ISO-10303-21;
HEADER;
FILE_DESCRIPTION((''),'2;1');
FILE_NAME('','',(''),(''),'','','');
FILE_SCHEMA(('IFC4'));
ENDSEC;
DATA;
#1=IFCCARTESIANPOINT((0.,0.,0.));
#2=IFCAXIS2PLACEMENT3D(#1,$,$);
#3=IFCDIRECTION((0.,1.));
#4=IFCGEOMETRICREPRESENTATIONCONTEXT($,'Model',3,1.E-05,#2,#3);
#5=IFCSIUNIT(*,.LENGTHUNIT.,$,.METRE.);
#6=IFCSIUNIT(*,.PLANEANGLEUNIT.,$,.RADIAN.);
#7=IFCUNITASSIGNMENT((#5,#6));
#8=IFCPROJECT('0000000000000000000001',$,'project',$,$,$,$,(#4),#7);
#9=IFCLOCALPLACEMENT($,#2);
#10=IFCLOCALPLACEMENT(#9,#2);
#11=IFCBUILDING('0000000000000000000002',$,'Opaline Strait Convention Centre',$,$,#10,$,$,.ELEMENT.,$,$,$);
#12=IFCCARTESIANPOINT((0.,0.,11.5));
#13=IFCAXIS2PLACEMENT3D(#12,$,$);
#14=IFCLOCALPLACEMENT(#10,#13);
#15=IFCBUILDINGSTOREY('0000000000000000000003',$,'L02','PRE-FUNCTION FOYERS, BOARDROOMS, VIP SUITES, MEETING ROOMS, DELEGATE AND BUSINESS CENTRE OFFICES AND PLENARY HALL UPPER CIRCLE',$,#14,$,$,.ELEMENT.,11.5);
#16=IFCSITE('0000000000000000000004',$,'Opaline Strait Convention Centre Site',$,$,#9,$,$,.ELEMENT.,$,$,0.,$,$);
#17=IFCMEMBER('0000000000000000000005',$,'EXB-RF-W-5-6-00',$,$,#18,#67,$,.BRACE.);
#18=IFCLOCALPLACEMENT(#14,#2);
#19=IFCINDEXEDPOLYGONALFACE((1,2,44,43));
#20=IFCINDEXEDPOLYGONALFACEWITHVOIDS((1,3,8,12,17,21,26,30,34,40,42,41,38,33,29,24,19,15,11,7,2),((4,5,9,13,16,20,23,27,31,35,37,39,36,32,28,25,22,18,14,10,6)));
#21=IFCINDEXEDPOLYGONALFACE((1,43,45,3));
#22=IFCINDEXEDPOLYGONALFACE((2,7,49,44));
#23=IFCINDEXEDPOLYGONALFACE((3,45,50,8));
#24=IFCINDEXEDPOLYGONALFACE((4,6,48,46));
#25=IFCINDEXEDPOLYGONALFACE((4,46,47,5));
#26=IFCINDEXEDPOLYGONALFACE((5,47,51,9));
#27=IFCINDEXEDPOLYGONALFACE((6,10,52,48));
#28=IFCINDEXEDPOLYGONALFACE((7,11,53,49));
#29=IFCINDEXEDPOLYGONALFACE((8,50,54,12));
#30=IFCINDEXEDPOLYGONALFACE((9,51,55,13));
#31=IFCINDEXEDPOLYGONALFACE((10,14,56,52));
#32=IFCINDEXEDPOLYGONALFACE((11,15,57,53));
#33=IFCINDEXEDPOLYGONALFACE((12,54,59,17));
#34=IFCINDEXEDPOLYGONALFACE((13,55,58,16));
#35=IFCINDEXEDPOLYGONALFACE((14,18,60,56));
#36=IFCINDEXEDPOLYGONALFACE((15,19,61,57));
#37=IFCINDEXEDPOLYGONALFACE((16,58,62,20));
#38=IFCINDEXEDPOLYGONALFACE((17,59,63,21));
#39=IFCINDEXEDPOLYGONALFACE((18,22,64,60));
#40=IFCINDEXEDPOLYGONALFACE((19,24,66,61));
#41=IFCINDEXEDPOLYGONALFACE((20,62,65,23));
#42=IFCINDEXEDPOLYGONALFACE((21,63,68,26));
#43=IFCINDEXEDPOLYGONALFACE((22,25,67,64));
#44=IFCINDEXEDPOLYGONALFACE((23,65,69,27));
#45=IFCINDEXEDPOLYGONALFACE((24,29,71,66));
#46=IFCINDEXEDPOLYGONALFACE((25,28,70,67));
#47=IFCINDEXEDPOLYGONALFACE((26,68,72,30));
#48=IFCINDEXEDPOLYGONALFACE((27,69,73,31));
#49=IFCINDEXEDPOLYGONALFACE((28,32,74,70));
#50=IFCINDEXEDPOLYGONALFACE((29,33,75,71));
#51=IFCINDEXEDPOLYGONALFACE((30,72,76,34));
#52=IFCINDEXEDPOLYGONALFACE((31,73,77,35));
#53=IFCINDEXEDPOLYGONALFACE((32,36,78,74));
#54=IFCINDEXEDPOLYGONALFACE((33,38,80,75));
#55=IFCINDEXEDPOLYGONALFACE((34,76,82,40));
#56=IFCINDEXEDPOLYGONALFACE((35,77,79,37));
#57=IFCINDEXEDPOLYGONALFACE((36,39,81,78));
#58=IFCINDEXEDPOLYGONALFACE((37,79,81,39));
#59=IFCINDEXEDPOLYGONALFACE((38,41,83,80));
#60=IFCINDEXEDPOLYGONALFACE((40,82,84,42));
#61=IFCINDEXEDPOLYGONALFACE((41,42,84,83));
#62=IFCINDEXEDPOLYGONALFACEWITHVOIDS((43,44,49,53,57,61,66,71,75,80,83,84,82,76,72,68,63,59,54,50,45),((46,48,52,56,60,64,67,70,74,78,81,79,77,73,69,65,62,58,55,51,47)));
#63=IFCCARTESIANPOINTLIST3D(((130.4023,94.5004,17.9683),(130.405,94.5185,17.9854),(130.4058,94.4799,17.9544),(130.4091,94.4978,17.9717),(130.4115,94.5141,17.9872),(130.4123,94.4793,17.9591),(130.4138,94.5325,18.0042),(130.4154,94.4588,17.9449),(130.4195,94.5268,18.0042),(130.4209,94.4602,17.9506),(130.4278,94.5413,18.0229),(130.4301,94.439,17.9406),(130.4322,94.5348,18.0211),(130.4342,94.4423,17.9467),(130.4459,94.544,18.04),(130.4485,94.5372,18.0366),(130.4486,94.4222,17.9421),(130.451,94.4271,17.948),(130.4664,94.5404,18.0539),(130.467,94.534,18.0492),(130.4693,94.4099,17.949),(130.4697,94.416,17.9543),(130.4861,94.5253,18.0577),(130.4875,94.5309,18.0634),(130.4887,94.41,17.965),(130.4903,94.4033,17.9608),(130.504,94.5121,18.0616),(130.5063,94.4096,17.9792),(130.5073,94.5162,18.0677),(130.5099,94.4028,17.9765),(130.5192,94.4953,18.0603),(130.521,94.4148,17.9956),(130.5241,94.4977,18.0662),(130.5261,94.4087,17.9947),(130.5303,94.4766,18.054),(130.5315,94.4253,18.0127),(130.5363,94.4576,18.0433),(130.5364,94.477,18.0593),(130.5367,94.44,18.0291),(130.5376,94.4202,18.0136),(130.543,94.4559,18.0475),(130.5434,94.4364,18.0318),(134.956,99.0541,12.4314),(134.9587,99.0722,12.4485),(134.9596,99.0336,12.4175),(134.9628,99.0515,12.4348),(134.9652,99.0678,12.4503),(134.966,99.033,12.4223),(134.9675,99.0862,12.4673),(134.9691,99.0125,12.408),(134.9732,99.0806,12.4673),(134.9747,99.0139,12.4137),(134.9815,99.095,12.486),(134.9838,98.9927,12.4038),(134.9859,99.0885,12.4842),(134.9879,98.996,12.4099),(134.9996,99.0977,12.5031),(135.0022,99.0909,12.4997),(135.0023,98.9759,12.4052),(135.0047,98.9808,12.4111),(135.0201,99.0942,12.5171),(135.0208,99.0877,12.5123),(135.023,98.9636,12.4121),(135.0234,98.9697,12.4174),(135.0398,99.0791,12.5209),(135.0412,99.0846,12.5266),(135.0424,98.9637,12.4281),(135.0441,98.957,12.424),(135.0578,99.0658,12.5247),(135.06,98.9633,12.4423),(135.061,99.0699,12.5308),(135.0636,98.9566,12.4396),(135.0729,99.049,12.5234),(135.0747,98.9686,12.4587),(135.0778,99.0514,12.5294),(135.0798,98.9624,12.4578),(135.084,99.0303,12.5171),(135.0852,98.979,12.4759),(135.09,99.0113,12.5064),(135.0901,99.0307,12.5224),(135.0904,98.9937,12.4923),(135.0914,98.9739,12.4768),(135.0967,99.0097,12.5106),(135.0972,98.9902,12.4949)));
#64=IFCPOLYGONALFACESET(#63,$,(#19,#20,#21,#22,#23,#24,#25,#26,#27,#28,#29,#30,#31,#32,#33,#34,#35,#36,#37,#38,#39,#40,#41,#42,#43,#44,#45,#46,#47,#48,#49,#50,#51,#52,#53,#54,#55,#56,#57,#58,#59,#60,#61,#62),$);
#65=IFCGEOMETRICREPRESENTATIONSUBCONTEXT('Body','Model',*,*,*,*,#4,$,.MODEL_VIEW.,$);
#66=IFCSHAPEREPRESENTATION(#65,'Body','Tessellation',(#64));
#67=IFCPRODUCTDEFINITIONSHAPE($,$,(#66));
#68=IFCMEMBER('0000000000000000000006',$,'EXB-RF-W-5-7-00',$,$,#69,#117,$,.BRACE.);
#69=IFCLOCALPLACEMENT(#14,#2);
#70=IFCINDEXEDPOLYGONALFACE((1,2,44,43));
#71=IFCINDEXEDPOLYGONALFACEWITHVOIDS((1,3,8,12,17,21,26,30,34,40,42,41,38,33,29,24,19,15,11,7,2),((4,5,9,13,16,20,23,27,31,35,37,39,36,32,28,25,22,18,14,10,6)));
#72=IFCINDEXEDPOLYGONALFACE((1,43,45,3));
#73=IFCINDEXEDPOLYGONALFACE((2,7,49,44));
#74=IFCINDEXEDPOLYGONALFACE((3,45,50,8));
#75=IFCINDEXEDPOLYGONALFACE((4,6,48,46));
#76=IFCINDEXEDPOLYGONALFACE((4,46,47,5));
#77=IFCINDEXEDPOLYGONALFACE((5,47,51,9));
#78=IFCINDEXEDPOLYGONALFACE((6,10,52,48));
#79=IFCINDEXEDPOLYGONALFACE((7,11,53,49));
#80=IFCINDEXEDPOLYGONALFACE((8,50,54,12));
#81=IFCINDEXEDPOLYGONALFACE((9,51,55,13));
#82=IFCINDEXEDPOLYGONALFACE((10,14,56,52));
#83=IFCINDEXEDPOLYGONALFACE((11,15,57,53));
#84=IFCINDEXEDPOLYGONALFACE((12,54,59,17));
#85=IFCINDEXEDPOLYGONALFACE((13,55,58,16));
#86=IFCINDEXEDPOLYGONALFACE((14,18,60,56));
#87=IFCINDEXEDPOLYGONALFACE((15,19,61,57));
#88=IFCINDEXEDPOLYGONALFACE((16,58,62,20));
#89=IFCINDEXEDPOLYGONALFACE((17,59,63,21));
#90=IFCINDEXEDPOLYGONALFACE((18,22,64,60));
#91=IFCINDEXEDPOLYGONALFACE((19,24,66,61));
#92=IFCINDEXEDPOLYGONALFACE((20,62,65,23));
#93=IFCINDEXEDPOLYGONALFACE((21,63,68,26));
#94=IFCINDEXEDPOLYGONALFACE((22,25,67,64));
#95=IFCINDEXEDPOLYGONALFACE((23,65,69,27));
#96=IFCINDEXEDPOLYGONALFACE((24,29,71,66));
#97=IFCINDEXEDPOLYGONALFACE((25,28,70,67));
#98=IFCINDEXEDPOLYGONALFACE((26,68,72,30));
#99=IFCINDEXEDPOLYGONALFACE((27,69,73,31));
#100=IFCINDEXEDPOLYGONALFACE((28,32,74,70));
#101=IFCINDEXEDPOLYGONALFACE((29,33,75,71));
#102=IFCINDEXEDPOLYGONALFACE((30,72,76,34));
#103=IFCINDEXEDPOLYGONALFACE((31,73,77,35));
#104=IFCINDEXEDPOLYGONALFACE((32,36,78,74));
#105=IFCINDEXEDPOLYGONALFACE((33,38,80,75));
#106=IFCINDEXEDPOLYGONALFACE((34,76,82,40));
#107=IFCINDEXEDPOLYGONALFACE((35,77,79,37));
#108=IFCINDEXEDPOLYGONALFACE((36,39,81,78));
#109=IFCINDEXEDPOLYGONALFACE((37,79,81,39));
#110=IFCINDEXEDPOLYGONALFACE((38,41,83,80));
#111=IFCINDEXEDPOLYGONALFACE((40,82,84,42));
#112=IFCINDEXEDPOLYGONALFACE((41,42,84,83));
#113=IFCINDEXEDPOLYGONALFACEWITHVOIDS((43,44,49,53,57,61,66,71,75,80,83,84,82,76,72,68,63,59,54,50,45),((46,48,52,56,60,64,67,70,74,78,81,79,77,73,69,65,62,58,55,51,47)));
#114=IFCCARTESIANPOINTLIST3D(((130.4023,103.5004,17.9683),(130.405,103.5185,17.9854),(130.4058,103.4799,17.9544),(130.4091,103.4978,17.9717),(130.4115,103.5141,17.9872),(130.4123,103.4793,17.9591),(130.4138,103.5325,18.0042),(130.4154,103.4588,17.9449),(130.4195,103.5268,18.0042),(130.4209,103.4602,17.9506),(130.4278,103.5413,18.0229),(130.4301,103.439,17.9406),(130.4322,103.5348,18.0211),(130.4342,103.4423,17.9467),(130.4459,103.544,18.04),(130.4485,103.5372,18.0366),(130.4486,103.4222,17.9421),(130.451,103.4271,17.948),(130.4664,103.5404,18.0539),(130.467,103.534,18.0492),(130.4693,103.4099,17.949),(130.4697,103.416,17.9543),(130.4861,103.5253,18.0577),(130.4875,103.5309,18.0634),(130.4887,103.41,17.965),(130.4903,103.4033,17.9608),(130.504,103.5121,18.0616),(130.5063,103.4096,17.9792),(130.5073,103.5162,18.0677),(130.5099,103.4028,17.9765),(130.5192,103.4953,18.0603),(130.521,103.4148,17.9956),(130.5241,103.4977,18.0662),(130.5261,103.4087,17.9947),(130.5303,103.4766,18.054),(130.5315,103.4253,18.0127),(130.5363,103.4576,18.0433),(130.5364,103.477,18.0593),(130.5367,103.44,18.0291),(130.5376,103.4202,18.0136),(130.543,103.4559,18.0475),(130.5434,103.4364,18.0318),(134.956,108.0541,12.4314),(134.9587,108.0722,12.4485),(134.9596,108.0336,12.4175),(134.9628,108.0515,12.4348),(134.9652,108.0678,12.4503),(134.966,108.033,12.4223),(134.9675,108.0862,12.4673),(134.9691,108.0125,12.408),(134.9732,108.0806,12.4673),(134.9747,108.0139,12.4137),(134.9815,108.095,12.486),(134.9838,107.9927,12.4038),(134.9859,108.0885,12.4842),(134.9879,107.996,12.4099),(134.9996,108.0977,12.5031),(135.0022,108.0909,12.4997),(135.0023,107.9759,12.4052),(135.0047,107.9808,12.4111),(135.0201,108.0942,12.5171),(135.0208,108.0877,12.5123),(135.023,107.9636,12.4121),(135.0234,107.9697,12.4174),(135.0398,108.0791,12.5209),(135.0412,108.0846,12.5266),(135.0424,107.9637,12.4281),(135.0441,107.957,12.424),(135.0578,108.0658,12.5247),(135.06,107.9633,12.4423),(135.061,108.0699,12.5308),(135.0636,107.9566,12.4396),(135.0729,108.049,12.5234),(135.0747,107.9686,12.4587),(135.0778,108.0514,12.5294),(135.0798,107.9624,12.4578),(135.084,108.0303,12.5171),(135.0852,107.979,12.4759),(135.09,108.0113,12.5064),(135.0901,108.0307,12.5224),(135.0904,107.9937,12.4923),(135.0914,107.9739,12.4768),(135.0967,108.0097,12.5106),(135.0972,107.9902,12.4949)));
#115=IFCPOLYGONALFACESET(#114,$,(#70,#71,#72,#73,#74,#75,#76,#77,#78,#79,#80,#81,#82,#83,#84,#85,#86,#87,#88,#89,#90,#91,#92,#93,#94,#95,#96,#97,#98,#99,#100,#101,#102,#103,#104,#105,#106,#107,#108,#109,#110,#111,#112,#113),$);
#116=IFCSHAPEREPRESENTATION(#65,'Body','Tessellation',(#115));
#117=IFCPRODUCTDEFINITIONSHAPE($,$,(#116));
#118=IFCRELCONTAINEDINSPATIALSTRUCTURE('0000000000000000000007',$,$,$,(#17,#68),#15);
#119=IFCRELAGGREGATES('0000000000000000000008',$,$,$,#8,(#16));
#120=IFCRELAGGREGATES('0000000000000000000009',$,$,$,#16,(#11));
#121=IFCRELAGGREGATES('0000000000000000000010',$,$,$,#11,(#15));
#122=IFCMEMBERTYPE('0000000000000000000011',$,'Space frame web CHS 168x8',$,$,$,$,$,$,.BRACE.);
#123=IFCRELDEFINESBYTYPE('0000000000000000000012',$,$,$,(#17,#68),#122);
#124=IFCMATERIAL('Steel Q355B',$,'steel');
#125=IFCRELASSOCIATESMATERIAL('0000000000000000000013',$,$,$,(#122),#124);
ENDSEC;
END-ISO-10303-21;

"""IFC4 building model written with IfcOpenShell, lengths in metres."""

from ifc_helpers import new_model, si_unit, direction, frame, origin, origin_2d, place, context, subcontext, project, spatial, hollow_circle, extrude, material, material_profile, profile_set, type_object, element, save


model = new_model("IFC4")

# Units and contexts
model_context = context("Model", 3, precision=1e-05, world=origin(), true_north=direction((0.0, 1.0)))
body_context = subcontext(model_context, "Body", "Model", "MODEL_VIEW")
ifc_project = project(units=[si_unit("LENGTHUNIT", "METRE"), si_unit("PLANEANGLEUNIT", "RADIAN")], contexts=[model_context])

# Site, building, storey
site_placement = place(None, origin())
site = spatial("IfcSite", under=ifc_project, at=site_placement, Name="Opaline Strait Convention Centre Site", CompositionType="ELEMENT", RefElevation=0.0)
building_placement = place(site_placement, origin())
building = spatial("IfcBuilding", under=site, at=building_placement, Name="Opaline Strait Convention Centre", CompositionType="ELEMENT")
storey_placement = place(building_placement, frame((0.0, 0.0, 11.5)))
storey = spatial("IfcBuildingStorey", under=building, at=storey_placement, Name="L02", Description="PRE-FUNCTION FOYERS, BOARDROOMS, VIP SUITES, MEETING ROOMS, DELEGATE AND BUSINESS CENTRE OFFICES AND PLENARY HALL UPPER CIRCLE", CompositionType="ELEMENT", Elevation=11.5)

# Members
ifc_material = material(Name="Steel Q355B", Category="steel")
ifc_material_profile_1 = material_profile(ifc_material, hollow_circle(Radius=0.084, WallThickness=0.0081, at=origin_2d()), Name="CHS 168x8")
ifc_profile_set_1 = profile_set([ifc_material_profile_1], Name="Steel Q355B")
member_type_1 = type_object("IfcMemberType", Name="Space frame web CHS 168x8", PredefinedType="BRACE", material=ifc_profile_set_1)
for number, where, z_axis, x_axis, name in (
    (1, (130.4731, 94.4731, 18.0042), (0.536178, 0.536178, -0.65194), (-0.707107, 0.707107, 0.0), "EXB-RF-W-5-6-00"),
    (2, (130.4731, 103.4731, 18.0042), (0.536178, 0.536178, -0.65194), (-0.707107, 0.707107, 0.0), "EXB-RF-W-5-7-00"),
):
    element("IfcMember", number, at=place(storey_placement, frame(where, z_axis=z_axis, x_axis=x_axis)), inside=storey, type_object=member_type_1, Name=name, PredefinedType="BRACE", context=body_context, shape_type="SweptSolid", body=[
        extrude(hollow_circle(Radius=0.084, WallThickness=0.0081, at=origin_2d()), origin(), (0.0, 0.0, 1.0), 8.4929),
    ])

save(model, "model.ifc")
